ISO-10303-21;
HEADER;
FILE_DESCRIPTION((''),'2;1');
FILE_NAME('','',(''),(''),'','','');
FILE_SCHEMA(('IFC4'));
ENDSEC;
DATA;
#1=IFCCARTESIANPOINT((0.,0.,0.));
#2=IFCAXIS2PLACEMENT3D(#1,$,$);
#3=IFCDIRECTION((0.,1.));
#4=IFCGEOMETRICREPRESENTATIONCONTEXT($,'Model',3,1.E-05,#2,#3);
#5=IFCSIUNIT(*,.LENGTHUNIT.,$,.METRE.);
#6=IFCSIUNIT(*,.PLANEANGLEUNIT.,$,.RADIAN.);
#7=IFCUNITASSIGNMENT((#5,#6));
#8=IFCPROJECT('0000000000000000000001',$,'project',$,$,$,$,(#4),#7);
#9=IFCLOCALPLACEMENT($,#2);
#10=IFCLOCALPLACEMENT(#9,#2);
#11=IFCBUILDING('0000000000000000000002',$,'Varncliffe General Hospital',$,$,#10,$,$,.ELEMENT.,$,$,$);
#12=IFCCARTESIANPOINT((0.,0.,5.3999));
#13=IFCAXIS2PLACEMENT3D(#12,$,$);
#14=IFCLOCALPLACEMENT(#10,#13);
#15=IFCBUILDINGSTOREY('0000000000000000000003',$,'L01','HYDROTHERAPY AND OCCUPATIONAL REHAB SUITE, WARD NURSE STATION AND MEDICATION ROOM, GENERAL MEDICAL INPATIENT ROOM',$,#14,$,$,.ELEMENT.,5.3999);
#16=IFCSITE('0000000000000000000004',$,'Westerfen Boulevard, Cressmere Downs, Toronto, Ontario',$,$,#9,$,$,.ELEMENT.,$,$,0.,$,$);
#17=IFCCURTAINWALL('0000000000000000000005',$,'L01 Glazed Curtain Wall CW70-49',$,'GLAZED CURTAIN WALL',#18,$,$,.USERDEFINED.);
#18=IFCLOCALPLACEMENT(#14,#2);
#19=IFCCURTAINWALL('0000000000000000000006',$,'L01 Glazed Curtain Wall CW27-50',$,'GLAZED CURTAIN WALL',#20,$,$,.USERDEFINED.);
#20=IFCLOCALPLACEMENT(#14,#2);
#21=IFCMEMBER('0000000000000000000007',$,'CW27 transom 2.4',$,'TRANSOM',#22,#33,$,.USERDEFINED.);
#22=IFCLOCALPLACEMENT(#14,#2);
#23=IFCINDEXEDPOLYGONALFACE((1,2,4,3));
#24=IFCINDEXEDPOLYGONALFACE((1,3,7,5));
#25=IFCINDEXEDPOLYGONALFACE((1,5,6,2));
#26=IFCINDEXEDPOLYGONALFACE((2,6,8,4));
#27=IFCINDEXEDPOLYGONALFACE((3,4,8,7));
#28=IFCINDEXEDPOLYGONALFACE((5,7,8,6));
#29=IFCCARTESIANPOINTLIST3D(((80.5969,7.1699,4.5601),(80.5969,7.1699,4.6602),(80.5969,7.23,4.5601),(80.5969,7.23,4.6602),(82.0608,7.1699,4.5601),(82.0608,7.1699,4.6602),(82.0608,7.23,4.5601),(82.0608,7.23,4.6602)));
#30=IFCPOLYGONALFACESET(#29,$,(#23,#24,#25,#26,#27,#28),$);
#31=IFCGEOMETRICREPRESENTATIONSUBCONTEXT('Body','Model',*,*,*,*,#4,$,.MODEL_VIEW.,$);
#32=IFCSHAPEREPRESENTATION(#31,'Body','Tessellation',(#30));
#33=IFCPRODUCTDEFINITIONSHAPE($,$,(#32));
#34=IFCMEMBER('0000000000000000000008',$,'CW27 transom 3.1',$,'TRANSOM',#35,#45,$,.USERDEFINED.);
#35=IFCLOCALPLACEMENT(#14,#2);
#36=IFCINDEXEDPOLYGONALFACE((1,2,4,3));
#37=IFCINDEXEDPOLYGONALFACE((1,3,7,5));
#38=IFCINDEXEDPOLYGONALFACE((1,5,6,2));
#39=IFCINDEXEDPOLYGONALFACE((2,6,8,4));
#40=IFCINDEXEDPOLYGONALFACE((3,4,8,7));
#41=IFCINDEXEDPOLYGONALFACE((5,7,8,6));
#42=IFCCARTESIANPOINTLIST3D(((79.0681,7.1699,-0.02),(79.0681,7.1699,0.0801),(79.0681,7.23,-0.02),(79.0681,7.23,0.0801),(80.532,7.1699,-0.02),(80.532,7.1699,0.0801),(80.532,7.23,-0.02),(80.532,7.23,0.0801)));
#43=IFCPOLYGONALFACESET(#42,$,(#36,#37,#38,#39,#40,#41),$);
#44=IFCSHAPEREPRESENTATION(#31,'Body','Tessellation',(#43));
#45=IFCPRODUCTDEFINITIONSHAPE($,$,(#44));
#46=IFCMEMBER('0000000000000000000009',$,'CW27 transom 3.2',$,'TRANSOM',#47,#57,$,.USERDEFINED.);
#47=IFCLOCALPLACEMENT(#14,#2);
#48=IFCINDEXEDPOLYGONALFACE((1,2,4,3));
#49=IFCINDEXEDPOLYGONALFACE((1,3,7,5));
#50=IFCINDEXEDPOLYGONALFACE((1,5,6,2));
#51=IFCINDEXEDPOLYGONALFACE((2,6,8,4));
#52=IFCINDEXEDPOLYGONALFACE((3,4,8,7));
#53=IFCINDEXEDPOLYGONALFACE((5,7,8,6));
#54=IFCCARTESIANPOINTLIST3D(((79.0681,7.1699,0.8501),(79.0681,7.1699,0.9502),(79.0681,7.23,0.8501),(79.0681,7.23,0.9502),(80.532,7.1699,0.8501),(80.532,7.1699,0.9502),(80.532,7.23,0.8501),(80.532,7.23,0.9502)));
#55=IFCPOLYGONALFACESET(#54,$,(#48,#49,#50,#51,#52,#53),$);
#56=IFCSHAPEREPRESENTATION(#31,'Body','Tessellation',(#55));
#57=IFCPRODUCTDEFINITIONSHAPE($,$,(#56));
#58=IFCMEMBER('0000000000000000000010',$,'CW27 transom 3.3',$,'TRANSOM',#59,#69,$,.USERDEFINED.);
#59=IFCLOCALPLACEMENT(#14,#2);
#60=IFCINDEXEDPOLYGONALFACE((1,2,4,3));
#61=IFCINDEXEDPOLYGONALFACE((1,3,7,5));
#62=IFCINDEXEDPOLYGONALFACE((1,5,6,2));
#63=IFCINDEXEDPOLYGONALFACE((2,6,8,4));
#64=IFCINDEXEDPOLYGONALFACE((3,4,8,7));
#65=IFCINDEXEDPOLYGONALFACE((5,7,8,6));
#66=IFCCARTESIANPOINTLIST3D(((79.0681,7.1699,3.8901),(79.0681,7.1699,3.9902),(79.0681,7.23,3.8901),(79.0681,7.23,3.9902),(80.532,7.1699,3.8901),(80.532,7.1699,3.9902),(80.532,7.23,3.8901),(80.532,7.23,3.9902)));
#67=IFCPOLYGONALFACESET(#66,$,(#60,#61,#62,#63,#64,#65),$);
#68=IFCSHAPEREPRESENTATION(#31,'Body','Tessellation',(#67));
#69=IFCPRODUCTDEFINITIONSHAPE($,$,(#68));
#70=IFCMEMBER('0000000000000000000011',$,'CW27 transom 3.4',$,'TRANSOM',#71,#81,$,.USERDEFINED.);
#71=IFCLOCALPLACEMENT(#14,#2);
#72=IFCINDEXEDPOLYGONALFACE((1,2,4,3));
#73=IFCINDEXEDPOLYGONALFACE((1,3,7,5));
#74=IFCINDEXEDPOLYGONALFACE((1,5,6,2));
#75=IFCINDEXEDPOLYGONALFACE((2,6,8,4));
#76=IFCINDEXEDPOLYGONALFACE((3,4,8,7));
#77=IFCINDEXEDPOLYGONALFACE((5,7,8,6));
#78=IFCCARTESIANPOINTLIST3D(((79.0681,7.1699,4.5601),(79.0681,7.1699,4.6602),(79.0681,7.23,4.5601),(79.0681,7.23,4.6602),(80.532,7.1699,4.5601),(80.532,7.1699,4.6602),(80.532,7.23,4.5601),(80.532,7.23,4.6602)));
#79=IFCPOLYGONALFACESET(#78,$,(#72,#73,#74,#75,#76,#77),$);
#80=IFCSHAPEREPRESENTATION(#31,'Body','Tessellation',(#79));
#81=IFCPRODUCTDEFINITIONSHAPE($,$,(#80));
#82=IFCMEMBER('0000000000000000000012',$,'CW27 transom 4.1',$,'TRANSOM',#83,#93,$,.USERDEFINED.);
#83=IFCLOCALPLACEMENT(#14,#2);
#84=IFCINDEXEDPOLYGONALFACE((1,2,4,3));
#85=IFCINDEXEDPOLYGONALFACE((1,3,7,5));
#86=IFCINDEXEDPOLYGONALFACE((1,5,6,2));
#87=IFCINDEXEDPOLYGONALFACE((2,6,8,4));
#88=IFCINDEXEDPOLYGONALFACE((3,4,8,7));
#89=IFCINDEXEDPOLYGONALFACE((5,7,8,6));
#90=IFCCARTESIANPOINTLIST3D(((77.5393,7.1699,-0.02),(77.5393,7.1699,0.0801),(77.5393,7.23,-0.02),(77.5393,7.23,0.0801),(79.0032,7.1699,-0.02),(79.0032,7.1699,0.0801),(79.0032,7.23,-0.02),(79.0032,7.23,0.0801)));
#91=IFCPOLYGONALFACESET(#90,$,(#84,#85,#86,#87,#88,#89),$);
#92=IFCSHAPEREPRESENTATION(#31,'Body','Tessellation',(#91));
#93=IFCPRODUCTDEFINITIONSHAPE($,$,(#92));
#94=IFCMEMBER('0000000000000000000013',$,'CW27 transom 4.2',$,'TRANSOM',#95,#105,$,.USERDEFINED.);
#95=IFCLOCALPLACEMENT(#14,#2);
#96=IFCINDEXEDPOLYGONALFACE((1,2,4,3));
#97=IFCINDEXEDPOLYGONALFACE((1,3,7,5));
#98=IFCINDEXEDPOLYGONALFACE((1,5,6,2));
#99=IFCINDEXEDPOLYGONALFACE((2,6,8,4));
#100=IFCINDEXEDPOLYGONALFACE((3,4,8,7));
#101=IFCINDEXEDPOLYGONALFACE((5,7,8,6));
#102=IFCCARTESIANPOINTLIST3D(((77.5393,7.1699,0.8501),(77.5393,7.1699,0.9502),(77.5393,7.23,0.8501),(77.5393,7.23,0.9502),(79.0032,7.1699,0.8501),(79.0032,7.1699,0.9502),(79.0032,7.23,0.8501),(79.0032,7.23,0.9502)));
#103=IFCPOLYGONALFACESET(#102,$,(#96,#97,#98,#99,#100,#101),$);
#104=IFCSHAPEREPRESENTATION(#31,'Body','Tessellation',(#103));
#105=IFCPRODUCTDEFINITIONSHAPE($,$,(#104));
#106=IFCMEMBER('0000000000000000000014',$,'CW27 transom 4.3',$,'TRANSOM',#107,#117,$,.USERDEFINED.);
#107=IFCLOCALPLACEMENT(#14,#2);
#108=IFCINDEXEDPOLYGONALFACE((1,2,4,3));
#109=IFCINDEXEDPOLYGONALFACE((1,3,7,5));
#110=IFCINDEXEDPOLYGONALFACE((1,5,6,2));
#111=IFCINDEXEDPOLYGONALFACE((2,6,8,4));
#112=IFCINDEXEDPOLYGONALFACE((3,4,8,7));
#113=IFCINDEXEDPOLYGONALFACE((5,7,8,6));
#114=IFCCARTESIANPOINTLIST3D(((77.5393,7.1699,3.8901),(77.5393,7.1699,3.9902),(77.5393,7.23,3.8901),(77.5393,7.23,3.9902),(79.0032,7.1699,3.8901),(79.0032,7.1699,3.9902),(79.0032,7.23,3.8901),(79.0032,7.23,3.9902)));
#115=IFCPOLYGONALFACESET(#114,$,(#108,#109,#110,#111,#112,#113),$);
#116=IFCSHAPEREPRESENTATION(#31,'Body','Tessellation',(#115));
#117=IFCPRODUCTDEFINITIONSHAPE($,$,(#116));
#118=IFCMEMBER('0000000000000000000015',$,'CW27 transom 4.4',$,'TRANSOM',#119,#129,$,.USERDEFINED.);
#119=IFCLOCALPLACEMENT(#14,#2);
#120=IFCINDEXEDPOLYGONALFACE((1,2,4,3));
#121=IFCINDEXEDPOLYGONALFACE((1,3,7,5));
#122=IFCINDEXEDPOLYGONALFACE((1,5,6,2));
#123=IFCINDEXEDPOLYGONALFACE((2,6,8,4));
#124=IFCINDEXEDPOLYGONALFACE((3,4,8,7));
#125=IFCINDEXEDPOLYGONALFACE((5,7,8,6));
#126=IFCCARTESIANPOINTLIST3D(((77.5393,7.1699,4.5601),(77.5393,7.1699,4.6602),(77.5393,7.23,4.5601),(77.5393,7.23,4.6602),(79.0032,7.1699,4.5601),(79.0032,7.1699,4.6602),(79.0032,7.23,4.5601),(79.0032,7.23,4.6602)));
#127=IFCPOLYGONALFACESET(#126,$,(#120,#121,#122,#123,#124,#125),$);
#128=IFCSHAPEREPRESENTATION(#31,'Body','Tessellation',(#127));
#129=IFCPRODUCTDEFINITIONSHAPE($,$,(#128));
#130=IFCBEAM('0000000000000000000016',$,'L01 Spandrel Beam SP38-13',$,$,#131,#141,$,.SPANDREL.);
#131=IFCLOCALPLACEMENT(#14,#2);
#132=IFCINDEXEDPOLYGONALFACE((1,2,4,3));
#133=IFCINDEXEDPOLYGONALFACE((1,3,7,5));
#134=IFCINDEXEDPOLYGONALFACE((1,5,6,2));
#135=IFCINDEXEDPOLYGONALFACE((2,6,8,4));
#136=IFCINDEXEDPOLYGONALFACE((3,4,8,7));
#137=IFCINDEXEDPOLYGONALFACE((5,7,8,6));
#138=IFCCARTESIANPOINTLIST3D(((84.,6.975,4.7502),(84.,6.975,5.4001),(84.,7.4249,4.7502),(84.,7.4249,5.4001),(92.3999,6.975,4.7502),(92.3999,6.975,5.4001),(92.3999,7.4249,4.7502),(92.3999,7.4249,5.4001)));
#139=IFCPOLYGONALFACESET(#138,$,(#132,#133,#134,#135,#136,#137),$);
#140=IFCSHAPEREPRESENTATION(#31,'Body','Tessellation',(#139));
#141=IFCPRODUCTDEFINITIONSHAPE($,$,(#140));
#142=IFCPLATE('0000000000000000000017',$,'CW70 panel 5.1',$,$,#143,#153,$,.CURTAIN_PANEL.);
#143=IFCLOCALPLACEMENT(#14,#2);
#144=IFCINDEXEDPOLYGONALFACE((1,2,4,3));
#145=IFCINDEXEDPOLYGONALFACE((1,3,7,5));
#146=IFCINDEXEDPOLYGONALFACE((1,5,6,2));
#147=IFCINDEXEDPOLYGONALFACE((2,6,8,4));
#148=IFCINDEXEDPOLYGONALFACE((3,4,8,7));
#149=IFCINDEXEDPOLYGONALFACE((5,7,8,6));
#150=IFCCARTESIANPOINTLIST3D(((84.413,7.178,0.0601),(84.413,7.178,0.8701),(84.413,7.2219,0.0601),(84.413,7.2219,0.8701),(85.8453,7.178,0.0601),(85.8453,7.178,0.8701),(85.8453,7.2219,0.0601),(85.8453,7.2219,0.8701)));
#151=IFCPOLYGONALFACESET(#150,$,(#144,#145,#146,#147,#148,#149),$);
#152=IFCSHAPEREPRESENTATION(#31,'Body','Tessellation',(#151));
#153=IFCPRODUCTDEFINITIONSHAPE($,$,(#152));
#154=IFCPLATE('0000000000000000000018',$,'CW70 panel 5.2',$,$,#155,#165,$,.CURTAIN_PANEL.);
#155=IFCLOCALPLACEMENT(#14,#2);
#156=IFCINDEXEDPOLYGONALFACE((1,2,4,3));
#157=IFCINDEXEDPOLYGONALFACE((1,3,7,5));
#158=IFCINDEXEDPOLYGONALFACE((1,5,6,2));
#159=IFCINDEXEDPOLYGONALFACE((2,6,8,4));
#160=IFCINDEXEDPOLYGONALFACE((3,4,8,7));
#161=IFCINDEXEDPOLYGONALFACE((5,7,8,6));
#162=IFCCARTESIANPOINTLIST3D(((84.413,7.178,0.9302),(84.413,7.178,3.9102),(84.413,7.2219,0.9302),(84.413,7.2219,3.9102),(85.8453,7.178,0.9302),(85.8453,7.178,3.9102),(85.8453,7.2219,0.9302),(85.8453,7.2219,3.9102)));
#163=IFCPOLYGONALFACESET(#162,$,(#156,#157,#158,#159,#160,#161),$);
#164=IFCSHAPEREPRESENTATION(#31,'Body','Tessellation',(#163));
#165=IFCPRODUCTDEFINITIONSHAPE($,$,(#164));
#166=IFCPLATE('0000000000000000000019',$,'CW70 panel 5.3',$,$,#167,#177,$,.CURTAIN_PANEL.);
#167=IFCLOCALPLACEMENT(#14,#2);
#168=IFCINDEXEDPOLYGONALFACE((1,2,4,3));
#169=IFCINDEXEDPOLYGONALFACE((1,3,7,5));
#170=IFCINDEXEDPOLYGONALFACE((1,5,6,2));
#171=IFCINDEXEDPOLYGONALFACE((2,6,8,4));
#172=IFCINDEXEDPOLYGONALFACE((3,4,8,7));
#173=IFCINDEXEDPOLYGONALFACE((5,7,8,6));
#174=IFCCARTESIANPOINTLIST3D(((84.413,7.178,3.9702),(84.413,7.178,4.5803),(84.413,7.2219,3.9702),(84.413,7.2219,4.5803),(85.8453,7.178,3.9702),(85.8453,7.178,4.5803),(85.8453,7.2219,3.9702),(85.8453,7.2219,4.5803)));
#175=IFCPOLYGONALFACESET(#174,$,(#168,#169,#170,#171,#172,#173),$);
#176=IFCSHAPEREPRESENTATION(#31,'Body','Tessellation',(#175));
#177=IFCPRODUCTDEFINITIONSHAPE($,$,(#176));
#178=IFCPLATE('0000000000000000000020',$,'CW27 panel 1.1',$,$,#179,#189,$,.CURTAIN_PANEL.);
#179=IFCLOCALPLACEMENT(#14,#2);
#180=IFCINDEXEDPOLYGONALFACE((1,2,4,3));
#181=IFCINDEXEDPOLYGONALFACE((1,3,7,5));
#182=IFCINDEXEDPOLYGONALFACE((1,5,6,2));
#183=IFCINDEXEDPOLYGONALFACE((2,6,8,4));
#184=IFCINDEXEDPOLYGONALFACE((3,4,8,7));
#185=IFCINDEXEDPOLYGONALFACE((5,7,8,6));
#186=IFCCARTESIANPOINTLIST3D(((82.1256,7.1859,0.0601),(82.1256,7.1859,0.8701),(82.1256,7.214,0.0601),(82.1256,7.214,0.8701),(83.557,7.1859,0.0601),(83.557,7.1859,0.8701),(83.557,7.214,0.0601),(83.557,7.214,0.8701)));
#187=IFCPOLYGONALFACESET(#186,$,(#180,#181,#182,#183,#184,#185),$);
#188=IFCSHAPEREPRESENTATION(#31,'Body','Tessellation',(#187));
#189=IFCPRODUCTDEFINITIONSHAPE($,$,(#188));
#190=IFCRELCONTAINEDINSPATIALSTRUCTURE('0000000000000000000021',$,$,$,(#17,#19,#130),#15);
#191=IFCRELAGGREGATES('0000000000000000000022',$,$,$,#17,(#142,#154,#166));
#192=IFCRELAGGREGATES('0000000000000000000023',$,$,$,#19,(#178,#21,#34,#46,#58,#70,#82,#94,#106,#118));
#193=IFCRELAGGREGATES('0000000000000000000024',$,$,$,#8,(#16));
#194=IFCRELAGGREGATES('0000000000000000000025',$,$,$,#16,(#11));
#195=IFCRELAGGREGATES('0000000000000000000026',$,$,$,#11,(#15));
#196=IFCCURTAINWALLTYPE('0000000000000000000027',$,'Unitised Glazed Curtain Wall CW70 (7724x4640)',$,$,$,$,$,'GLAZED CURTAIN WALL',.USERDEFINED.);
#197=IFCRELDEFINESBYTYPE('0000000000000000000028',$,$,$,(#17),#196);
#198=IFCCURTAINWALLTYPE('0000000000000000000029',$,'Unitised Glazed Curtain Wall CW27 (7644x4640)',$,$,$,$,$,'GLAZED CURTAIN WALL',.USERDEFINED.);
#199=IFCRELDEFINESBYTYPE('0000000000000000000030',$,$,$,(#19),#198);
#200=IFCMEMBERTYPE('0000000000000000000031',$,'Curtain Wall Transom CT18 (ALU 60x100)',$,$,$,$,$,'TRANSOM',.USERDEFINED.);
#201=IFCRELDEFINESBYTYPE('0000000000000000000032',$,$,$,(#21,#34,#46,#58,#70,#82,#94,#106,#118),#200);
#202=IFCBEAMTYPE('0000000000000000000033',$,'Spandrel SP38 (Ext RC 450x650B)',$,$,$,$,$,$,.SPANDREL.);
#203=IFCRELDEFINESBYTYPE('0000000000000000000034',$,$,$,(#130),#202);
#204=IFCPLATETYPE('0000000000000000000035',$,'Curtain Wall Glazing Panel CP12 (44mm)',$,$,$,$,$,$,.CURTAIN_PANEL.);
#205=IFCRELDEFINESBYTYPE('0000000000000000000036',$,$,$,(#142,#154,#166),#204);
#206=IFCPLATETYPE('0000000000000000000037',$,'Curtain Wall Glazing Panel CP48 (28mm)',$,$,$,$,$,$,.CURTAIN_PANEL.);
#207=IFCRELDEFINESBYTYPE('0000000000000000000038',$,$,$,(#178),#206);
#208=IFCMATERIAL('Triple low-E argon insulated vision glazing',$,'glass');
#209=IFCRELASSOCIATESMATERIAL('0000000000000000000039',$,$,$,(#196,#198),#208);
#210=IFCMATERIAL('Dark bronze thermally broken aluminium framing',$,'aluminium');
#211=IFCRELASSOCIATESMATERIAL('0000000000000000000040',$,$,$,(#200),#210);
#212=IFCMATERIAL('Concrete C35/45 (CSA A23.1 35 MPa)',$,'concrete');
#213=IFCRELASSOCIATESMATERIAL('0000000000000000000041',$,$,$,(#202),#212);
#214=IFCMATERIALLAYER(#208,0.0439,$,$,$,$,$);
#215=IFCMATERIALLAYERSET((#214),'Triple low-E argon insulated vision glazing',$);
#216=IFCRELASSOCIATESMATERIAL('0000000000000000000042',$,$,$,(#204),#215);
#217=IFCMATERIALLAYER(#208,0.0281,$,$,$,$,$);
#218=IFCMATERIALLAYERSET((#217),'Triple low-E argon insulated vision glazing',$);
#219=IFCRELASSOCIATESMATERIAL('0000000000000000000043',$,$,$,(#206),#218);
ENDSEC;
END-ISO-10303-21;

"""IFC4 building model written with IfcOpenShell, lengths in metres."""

from ifc_helpers import new_model, si_unit, direction, frame, origin, origin_2d, place, context, subcontext, project, spatial, rectangle, extrude, material, layer, layer_set, material_profile, profile_set, type_object, element, aggregate, save


model = new_model("IFC4")

# Units and contexts
model_context = context("Model", 3, precision=1e-05, world=origin(), true_north=direction((0.0, 1.0)))
body_context = subcontext(model_context, "Body", "Model", "MODEL_VIEW")
ifc_project = project(units=[si_unit("LENGTHUNIT", "METRE"), si_unit("PLANEANGLEUNIT", "RADIAN")], contexts=[model_context])

# Site, building, storey
site_placement = place(None, origin())
site = spatial("IfcSite", under=ifc_project, at=site_placement, Name="Westerfen Boulevard, Cressmere Downs, Toronto, Ontario", CompositionType="ELEMENT", RefElevation=0.0)
building_placement = place(site_placement, origin())
building = spatial("IfcBuilding", under=site, at=building_placement, Name="Varncliffe General Hospital", CompositionType="ELEMENT")
storey_placement = place(building_placement, frame((0.0, 0.0, 5.3999)))
storey = spatial("IfcBuildingStorey", under=building, at=storey_placement, Name="L01", Description="HYDROTHERAPY AND OCCUPATIONAL REHAB SUITE, WARD NURSE STATION AND MEDICATION ROOM, GENERAL MEDICAL INPATIENT ROOM", CompositionType="ELEMENT", Elevation=5.3999)

# Curtain wall
ifc_material_1 = material(Name="Triple low-E argon insulated vision glazing", Category="glass")
curtain_wall_type_1 = type_object("IfcCurtainWallType", Name="Unitised Glazed Curtain Wall CW70 (7724x4640)", ElementType="GLAZED CURTAIN WALL", PredefinedType="USERDEFINED", material=ifc_material_1)
curtain_wall_1_placement = place(storey_placement, origin())
curtain_wall_1 = element("IfcCurtainWall", 1, at=curtain_wall_1_placement, inside=storey, type_object=curtain_wall_type_1, Name="L01 Glazed Curtain Wall CW70-49", ObjectType="GLAZED CURTAIN WALL", PredefinedType="USERDEFINED")
ifc_material_2 = material(Name="Dark bronze thermally broken aluminium framing", Category="aluminium")

# Curtain wall, members
curtain_wall_type_2 = type_object("IfcCurtainWallType", Name="Unitised Glazed Curtain Wall CW27 (7644x4640)", ElementType="GLAZED CURTAIN WALL", PredefinedType="USERDEFINED", material=ifc_material_1)
curtain_wall_2_placement = place(storey_placement, origin())
curtain_wall_2 = element("IfcCurtainWall", 2, at=curtain_wall_2_placement, inside=storey, type_object=curtain_wall_type_2, Name="L01 Glazed Curtain Wall CW27-50", ObjectType="GLAZED CURTAIN WALL", PredefinedType="USERDEFINED")
ifc_material_profile_1 = material_profile(ifc_material_2, rectangle(XDim=0.0601, YDim=0.1001, at=origin_2d()), Name="ALU 60x100")
ifc_profile_set_1 = profile_set([ifc_material_profile_1], Name="Dark bronze thermally broken aluminium framing")
member_type_1 = type_object("IfcMemberType", Name="Curtain Wall Transom CT18 (ALU 60x100)", ElementType="TRANSOM", PredefinedType="USERDEFINED", material=ifc_profile_set_1)
member_1_placement = place(storey_placement, frame((82.0608, 7.2, 4.6101), z_axis=(-1.0, 0.0, 0.0), x_axis=(0.0, -1.0, 0.0)))
member_1 = element("IfcMember", 3, at=member_1_placement, type_object=member_type_1, Name="CW27 transom 2.4", ObjectType="TRANSOM", PredefinedType="USERDEFINED", context=body_context, shape_type="SweptSolid", body=[
    extrude(rectangle(XDim=0.0601, YDim=0.1001, at=origin_2d()), origin(), (0.0, 0.0, 1.0), 1.4639),
])
member_2_placement = place(storey_placement, frame((80.532, 7.2, 0.03), z_axis=(-1.0, 0.0, 0.0), x_axis=(0.0, -1.0, 0.0)))
member_2 = element("IfcMember", 4, at=member_2_placement, type_object=member_type_1, Name="CW27 transom 3.1", ObjectType="TRANSOM", PredefinedType="USERDEFINED", context=body_context, shape_type="SweptSolid", body=[
    extrude(rectangle(XDim=0.0601, YDim=0.1001, at=origin_2d()), origin(), (0.0, 0.0, 1.0), 1.4639),
])
member_3_placement = place(storey_placement, frame((80.532, 7.2, 0.9001), z_axis=(-1.0, 0.0, 0.0), x_axis=(0.0, -1.0, 0.0)))
member_3 = element("IfcMember", 5, at=member_3_placement, type_object=member_type_1, Name="CW27 transom 3.2", ObjectType="TRANSOM", PredefinedType="USERDEFINED", context=body_context, shape_type="SweptSolid", body=[
    extrude(rectangle(XDim=0.0601, YDim=0.1001, at=origin_2d()), origin(), (0.0, 0.0, 1.0), 1.4639),
])
member_4_placement = place(storey_placement, frame((80.532, 7.2, 3.9402), z_axis=(-1.0, 0.0, 0.0), x_axis=(0.0, -1.0, 0.0)))
member_4 = element("IfcMember", 6, at=member_4_placement, type_object=member_type_1, Name="CW27 transom 3.3", ObjectType="TRANSOM", PredefinedType="USERDEFINED", context=body_context, shape_type="SweptSolid", body=[
    extrude(rectangle(XDim=0.0601, YDim=0.1001, at=origin_2d()), origin(), (0.0, 0.0, 1.0), 1.4639),
])
member_5_placement = place(storey_placement, frame((80.532, 7.2, 4.6101), z_axis=(-1.0, 0.0, 0.0), x_axis=(0.0, -1.0, 0.0)))
member_5 = element("IfcMember", 7, at=member_5_placement, type_object=member_type_1, Name="CW27 transom 3.4", ObjectType="TRANSOM", PredefinedType="USERDEFINED", context=body_context, shape_type="SweptSolid", body=[
    extrude(rectangle(XDim=0.0601, YDim=0.1001, at=origin_2d()), origin(), (0.0, 0.0, 1.0), 1.4639),
])
member_6_placement = place(storey_placement, frame((79.0032, 7.2, 0.03), z_axis=(-1.0, 0.0, 0.0), x_axis=(0.0, -1.0, 0.0)))
member_6 = element("IfcMember", 8, at=member_6_placement, type_object=member_type_1, Name="CW27 transom 4.1", ObjectType="TRANSOM", PredefinedType="USERDEFINED", context=body_context, shape_type="SweptSolid", body=[
    extrude(rectangle(XDim=0.0601, YDim=0.1001, at=origin_2d()), origin(), (0.0, 0.0, 1.0), 1.4639),
])
member_7_placement = place(storey_placement, frame((79.0032, 7.2, 0.9001), z_axis=(-1.0, 0.0, 0.0), x_axis=(0.0, -1.0, 0.0)))
member_7 = element("IfcMember", 9, at=member_7_placement, type_object=member_type_1, Name="CW27 transom 4.2", ObjectType="TRANSOM", PredefinedType="USERDEFINED", context=body_context, shape_type="SweptSolid", body=[
    extrude(rectangle(XDim=0.0601, YDim=0.1001, at=origin_2d()), origin(), (0.0, 0.0, 1.0), 1.4639),
])
member_8_placement = place(storey_placement, frame((79.0032, 7.2, 3.9402), z_axis=(-1.0, 0.0, 0.0), x_axis=(0.0, -1.0, 0.0)))
member_8 = element("IfcMember", 10, at=member_8_placement, type_object=member_type_1, Name="CW27 transom 4.3", ObjectType="TRANSOM", PredefinedType="USERDEFINED", context=body_context, shape_type="SweptSolid", body=[
    extrude(rectangle(XDim=0.0601, YDim=0.1001, at=origin_2d()), origin(), (0.0, 0.0, 1.0), 1.4639),
])
member_9_placement = place(storey_placement, frame((79.0032, 7.2, 4.6101), z_axis=(-1.0, 0.0, 0.0), x_axis=(0.0, -1.0, 0.0)))
member_9 = element("IfcMember", 11, at=member_9_placement, type_object=member_type_1, Name="CW27 transom 4.4", ObjectType="TRANSOM", PredefinedType="USERDEFINED", context=body_context, shape_type="SweptSolid", body=[
    extrude(rectangle(XDim=0.0601, YDim=0.1001, at=origin_2d()), origin(), (0.0, 0.0, 1.0), 1.4639),
])

# Beam
ifc_material_3 = material(Name="Concrete C35/45 (CSA A23.1 35 MPa)", Category="concrete")
ifc_material_profile_2 = material_profile(ifc_material_3, rectangle(XDim=0.45, YDim=0.6499, at=origin_2d()), Name="RC 450x650")
ifc_profile_set_2 = profile_set([ifc_material_profile_2], Name="Concrete C35/45 (CSA A23.1 35 MPa)")
beam_type = type_object("IfcBeamType", Name="Spandrel SP38 (Ext RC 450x650B)", PredefinedType="SPANDREL", material=ifc_profile_set_2)
beam_placement = place(storey_placement, frame((84.0, 7.2, 5.0752), z_axis=(1.0, 0.0, 0.0), x_axis=(0.0, 1.0, 0.0)))
element("IfcBeam", 12, at=beam_placement, inside=storey, type_object=beam_type, Name="L01 Spandrel Beam SP38-13", PredefinedType="SPANDREL", context=body_context, shape_type="SweptSolid", body=[
    extrude(rectangle(XDim=0.45, YDim=0.6499, at=origin_2d()), origin(), (0.0, 0.0, 1.0), 8.3999),
])

# Plates
ifc_layer_1 = layer(ifc_material_1, 0.0439)
ifc_layer_set_1 = layer_set([ifc_layer_1], Name="Triple low-E argon insulated vision glazing")
plate_type_1 = type_object("IfcPlateType", Name="Curtain Wall Glazing Panel CP12 (44mm)", PredefinedType="CURTAIN_PANEL", material=ifc_layer_set_1)
plate_1_placement = place(storey_placement, frame((85.1292, 7.2, 0.0601), z_axis=(0.0, 0.0, 1.0), x_axis=(-1.0, 0.0, 0.0)))
plate_1 = element("IfcPlate", 13, at=plate_1_placement, type_object=plate_type_1, Name="CW70 panel 5.1", PredefinedType="CURTAIN_PANEL", context=body_context, shape_type="SweptSolid", body=[
    extrude(rectangle(XDim=1.4324, YDim=0.0439, at=origin_2d()), origin(), (0.0, 0.0, 1.0), 0.8101),
])
plate_2_placement = place(storey_placement, frame((85.1292, 7.2, 0.9302), z_axis=(0.0, 0.0, 1.0), x_axis=(-1.0, 0.0, 0.0)))
plate_2 = element("IfcPlate", 14, at=plate_2_placement, type_object=plate_type_1, Name="CW70 panel 5.2", PredefinedType="CURTAIN_PANEL", context=body_context, shape_type="SweptSolid", body=[
    extrude(rectangle(XDim=1.4324, YDim=0.0439, at=origin_2d()), origin(), (0.0, 0.0, 1.0), 2.98),
])
plate_3_placement = place(storey_placement, frame((85.1292, 7.2, 3.9702), z_axis=(0.0, 0.0, 1.0), x_axis=(-1.0, 0.0, 0.0)))
plate_3 = element("IfcPlate", 15, at=plate_3_placement, type_object=plate_type_1, Name="CW70 panel 5.3", PredefinedType="CURTAIN_PANEL", context=body_context, shape_type="SweptSolid", body=[
    extrude(rectangle(XDim=1.4324, YDim=0.0439, at=origin_2d()), origin(), (0.0, 0.0, 1.0), 0.6101),
])
aggregate(curtain_wall_1, [plate_1, plate_2, plate_3])
ifc_layer_2 = layer(ifc_material_1, 0.0281)
ifc_layer_set_2 = layer_set([ifc_layer_2], Name="Triple low-E argon insulated vision glazing")
plate_type_2 = type_object("IfcPlateType", Name="Curtain Wall Glazing Panel CP48 (28mm)", PredefinedType="CURTAIN_PANEL", material=ifc_layer_set_2)
plate_4_placement = place(storey_placement, frame((82.8413, 7.2, 0.0601), z_axis=(0.0, 0.0, 1.0), x_axis=(-1.0, 0.0, 0.0)))
plate_4 = element("IfcPlate", 16, at=plate_4_placement, type_object=plate_type_2, Name="CW27 panel 1.1", PredefinedType="CURTAIN_PANEL", context=body_context, shape_type="SweptSolid", body=[
    extrude(rectangle(XDim=1.4314, YDim=0.0281, at=origin_2d()), origin(), (0.0, 0.0, 1.0), 0.8101),
])
aggregate(curtain_wall_2, [plate_4, member_1, member_2, member_3, member_4, member_5, member_6, member_7, member_8, member_9])

save(model, "model.ifc")
